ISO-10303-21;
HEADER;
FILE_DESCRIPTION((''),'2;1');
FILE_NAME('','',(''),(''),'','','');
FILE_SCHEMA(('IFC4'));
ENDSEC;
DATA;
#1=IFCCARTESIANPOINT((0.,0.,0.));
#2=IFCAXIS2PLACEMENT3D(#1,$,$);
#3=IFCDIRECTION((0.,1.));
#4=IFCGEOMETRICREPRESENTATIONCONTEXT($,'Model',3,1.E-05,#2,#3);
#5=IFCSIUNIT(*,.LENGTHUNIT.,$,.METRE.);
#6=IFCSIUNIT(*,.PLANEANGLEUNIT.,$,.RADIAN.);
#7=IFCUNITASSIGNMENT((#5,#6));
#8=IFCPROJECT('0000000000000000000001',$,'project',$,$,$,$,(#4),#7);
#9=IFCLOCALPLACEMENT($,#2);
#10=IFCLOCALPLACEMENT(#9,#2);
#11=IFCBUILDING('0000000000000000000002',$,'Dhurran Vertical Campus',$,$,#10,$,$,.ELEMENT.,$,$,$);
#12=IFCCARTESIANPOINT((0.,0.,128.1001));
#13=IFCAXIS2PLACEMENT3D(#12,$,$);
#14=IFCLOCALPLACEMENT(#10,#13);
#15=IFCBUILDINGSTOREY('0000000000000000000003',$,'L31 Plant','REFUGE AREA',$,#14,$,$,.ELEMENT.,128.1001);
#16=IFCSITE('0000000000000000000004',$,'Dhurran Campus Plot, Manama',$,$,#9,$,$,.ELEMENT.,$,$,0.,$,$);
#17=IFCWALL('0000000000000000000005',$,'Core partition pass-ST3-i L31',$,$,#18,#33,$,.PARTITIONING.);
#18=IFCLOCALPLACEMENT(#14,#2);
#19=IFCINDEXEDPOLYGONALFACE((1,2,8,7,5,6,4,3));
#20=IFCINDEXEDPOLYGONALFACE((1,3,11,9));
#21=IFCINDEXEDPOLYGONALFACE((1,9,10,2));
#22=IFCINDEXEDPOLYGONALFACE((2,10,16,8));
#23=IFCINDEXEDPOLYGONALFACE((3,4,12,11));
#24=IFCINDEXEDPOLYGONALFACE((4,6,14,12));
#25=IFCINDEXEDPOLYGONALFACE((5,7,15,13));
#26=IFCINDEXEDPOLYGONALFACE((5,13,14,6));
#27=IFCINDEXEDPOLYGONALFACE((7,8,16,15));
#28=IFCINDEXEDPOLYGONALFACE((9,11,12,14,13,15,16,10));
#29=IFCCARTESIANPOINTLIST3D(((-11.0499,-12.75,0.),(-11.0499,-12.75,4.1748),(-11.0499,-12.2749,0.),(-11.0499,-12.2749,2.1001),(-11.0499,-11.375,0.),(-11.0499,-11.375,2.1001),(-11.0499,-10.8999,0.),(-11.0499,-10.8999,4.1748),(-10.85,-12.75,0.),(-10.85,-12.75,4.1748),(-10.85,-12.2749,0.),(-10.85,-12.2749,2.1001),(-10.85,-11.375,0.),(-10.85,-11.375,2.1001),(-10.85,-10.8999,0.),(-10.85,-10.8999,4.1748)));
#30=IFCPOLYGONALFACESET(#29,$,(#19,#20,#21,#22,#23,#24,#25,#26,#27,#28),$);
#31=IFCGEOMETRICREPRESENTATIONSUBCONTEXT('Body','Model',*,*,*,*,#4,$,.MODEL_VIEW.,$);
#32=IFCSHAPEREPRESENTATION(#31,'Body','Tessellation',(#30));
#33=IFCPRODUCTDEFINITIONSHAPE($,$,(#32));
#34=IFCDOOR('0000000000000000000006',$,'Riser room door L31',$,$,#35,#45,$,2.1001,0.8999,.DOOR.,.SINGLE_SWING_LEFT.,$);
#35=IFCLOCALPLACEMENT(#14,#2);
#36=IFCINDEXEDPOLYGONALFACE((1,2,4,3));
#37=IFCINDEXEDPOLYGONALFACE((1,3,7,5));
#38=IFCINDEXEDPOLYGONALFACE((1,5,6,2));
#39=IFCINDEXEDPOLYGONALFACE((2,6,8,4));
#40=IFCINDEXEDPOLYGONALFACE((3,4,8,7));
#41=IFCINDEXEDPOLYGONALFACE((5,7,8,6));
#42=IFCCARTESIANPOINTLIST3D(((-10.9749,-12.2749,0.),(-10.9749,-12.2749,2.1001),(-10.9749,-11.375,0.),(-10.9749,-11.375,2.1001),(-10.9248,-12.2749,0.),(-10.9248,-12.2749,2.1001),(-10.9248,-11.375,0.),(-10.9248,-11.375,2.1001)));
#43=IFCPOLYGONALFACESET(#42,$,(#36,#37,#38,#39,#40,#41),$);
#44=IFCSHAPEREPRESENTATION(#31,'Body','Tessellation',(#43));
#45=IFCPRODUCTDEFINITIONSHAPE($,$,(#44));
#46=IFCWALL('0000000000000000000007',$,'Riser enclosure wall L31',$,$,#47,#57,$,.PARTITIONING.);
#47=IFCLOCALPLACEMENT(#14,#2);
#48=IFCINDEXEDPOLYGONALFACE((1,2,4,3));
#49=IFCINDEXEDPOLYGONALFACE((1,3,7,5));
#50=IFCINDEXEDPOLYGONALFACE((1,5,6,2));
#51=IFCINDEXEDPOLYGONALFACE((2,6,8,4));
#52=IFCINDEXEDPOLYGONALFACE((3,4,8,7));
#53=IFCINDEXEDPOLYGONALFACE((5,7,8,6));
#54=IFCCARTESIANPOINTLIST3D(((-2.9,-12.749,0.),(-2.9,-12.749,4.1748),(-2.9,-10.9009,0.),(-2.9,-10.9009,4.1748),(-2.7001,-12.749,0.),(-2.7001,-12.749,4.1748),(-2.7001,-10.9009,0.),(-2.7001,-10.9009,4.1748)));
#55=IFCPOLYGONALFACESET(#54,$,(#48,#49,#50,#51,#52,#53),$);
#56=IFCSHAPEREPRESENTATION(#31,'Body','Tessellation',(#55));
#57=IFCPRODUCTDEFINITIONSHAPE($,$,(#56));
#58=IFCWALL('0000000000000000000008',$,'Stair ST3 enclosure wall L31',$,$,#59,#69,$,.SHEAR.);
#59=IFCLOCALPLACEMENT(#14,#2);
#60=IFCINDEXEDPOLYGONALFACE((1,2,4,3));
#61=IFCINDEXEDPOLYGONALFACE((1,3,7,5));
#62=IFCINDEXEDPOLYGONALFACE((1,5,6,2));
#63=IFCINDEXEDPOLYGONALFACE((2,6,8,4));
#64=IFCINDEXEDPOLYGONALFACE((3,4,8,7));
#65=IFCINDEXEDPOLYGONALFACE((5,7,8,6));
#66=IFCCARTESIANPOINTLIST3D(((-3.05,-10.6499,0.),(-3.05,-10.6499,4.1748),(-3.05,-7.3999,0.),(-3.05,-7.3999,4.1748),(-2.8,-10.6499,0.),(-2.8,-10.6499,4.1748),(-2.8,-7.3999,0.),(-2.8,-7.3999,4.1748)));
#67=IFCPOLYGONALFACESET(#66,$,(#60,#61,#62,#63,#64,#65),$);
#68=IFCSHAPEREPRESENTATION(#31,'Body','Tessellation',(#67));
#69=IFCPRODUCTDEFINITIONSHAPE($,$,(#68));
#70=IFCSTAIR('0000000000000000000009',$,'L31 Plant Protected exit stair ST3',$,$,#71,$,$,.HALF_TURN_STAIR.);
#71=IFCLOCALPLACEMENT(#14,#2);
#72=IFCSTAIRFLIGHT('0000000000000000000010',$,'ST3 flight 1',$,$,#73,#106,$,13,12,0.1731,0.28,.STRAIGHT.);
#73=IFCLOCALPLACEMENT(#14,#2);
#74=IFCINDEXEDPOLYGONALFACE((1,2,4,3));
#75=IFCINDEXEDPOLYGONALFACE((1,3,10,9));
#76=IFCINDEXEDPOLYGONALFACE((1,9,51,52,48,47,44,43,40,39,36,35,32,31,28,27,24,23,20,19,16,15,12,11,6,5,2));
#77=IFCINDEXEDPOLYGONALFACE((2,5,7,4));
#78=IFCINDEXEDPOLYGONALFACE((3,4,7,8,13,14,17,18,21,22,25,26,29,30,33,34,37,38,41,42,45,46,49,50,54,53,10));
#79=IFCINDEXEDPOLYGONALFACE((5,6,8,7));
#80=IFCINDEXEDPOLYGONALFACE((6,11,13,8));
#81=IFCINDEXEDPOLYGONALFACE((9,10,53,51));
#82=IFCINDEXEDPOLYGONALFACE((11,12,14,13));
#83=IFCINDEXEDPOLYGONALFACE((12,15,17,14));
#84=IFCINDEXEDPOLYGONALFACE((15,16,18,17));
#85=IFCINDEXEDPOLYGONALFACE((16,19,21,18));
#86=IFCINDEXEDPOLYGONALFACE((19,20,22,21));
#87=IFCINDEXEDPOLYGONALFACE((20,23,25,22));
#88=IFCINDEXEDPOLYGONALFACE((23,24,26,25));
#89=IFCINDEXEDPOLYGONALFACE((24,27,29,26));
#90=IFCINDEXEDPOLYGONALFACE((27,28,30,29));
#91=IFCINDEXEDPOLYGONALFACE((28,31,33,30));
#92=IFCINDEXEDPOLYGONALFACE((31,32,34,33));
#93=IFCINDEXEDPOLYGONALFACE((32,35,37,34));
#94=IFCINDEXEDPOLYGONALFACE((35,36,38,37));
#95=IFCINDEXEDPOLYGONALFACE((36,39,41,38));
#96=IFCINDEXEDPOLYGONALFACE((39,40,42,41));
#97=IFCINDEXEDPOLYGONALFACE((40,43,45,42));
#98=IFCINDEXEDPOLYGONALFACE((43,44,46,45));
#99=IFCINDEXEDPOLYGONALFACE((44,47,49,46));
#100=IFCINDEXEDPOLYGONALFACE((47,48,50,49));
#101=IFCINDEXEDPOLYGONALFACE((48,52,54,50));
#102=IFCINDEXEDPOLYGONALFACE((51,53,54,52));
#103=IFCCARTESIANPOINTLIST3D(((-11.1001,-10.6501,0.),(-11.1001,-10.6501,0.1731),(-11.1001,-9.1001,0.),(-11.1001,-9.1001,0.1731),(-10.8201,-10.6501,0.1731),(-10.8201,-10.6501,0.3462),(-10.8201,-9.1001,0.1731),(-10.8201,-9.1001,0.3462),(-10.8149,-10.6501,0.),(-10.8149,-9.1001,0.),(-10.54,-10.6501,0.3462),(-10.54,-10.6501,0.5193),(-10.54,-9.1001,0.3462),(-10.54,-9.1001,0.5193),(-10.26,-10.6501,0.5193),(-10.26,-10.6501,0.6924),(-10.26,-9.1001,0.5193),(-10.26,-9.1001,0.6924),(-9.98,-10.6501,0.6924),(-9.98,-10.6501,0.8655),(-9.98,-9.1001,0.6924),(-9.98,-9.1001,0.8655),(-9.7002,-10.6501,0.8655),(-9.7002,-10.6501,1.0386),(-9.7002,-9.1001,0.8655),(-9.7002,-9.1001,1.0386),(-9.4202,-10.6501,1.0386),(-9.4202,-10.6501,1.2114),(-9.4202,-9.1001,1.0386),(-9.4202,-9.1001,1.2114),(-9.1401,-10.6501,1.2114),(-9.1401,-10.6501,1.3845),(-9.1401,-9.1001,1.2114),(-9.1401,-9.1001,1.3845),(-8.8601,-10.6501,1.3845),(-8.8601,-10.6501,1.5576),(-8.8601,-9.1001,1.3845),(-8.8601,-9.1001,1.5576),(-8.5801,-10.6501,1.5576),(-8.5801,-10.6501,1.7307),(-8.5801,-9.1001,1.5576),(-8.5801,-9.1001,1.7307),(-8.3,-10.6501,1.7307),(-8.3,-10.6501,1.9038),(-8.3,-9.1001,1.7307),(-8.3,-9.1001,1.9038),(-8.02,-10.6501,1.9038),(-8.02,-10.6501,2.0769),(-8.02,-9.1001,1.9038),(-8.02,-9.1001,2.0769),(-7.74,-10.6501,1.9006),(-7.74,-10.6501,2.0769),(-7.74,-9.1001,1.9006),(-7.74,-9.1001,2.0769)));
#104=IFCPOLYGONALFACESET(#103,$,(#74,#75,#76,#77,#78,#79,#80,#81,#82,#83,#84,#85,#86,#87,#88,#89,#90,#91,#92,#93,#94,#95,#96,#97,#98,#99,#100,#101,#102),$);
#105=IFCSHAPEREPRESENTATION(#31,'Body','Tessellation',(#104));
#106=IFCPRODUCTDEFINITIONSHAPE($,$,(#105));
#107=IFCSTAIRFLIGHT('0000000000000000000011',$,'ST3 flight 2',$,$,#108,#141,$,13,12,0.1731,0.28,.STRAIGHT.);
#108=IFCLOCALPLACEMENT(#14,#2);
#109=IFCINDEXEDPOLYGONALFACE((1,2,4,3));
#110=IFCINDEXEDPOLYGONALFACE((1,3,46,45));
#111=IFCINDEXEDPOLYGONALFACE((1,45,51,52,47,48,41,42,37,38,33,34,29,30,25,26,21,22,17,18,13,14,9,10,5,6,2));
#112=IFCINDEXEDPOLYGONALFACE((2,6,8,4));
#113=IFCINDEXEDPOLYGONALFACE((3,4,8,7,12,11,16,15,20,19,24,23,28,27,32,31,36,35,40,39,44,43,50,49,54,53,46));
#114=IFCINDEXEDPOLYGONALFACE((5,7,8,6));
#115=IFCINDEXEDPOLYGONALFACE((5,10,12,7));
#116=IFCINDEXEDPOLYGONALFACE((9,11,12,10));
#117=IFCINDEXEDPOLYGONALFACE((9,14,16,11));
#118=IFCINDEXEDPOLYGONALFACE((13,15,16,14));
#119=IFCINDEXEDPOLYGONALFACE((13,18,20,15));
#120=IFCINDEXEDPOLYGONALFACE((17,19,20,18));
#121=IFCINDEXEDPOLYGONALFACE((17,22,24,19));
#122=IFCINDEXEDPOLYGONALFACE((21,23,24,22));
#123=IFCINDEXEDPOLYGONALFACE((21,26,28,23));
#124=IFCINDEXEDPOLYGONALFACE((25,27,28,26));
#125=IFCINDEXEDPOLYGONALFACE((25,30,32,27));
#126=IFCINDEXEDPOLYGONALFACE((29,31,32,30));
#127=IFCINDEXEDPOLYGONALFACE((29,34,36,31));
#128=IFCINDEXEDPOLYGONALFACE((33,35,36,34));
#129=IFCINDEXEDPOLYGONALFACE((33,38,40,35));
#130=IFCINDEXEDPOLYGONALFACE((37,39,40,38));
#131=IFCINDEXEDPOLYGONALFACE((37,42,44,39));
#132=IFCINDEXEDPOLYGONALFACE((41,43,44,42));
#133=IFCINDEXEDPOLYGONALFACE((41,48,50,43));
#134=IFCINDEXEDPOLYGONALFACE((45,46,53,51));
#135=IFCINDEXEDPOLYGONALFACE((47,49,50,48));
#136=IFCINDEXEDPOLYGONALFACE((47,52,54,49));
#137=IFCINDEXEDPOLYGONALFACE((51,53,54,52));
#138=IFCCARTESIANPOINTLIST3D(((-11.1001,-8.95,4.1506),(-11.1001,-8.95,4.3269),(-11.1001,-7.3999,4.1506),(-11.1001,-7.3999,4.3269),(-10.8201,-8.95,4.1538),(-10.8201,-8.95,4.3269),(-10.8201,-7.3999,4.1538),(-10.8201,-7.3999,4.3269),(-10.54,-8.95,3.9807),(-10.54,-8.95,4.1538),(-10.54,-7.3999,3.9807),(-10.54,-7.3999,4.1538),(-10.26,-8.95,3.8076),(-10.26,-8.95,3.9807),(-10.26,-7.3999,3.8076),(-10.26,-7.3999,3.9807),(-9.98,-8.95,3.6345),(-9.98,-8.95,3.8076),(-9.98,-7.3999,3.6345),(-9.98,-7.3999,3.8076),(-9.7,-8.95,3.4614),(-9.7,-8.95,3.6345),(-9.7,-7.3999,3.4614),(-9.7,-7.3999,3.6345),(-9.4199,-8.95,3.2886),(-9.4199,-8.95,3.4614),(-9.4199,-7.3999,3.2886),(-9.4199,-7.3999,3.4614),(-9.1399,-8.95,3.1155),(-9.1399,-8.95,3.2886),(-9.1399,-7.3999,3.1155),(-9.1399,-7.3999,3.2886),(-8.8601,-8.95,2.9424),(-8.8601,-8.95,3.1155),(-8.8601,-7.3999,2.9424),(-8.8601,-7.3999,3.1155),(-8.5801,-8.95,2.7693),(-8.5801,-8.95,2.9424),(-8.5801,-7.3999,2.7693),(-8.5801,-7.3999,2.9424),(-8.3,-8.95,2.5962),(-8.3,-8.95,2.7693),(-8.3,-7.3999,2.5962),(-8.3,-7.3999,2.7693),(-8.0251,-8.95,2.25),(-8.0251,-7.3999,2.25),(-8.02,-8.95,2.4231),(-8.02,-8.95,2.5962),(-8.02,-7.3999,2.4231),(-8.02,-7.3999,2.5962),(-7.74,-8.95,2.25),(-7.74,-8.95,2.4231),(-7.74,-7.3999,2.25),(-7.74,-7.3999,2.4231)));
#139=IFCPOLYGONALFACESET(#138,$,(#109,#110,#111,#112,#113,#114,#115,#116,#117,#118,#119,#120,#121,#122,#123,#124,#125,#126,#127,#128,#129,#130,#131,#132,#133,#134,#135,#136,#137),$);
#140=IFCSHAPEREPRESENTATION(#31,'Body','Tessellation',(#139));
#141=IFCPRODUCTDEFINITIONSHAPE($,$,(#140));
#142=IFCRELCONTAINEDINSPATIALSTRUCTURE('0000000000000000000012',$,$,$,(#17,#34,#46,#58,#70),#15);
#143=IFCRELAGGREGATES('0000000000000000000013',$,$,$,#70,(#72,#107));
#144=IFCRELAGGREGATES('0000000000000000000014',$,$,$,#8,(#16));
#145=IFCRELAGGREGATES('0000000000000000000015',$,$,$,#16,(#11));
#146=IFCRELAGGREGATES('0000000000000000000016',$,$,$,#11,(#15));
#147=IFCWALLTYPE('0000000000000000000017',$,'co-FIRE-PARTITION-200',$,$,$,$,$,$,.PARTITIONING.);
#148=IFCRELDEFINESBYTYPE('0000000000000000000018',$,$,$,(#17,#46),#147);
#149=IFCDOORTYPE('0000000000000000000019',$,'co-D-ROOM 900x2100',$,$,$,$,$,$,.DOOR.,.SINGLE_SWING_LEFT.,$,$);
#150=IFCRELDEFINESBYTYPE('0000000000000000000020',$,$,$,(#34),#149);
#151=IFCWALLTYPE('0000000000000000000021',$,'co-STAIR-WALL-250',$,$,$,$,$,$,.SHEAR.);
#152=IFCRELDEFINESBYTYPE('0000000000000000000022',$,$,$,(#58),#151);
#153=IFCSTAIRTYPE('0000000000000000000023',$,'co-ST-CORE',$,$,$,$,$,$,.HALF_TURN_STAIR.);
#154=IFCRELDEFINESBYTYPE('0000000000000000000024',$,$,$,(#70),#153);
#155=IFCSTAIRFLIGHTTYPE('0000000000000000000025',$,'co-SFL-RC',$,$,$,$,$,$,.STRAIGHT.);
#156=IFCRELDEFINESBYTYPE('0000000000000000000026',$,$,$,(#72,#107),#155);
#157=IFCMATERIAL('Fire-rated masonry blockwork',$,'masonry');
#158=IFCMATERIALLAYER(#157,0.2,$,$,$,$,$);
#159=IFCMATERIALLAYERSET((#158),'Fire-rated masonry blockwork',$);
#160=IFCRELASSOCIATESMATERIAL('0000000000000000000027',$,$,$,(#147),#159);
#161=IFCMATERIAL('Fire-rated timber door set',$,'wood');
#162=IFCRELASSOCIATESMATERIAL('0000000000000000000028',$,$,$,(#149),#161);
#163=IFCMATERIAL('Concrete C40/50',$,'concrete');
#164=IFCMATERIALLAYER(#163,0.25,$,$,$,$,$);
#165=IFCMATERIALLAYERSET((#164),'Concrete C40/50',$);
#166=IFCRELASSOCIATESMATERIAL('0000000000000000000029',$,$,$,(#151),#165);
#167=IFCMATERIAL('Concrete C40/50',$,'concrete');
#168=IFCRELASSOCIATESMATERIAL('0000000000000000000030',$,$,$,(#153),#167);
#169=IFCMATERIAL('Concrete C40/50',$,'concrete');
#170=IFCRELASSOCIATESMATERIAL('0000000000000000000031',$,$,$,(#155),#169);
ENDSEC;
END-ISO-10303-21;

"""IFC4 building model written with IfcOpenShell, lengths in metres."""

from ifc_helpers import new_model, si_unit, direction, frame, frame_2d, origin, place, context, subcontext, project, spatial, polyline, rectangle, outline, extrude, material, layer, layer_set, type_object, element, fill, aggregate, save


model = new_model("IFC4")

# Units and contexts
model_context = context("Model", 3, precision=1e-05, world=origin(), true_north=direction((0.0, 1.0)))
body_context = subcontext(model_context, "Body", "Model", "MODEL_VIEW")
ifc_project = project(units=[si_unit("LENGTHUNIT", "METRE"), si_unit("PLANEANGLEUNIT", "RADIAN")], contexts=[model_context])

# Site, building, storey
site_placement = place(None, origin())
site = spatial("IfcSite", under=ifc_project, at=site_placement, Name="Dhurran Campus Plot, Manama", CompositionType="ELEMENT", RefElevation=0.0)
building_placement = place(site_placement, origin())
building = spatial("IfcBuilding", under=site, at=building_placement, Name="Dhurran Vertical Campus", CompositionType="ELEMENT")
storey_placement = place(building_placement, frame((0.0, 0.0, 128.1001)))
storey = spatial("IfcBuildingStorey", under=building, at=storey_placement, Name="L31 Plant", Description="REFUGE AREA", CompositionType="ELEMENT", Elevation=128.1001)

# Shared definitions
ifc_material_1 = material(Name="Fire-rated masonry blockwork", Category="masonry")
ifc_layer_1 = layer(ifc_material_1, 0.2)
ifc_layer_set_1 = layer_set([ifc_layer_1], Name="Fire-rated masonry blockwork")
wall_type_1 = type_object("IfcWallType", Name="co-FIRE-PARTITION-200", PredefinedType="PARTITIONING", material=ifc_layer_set_1)

# Shared definitions
ifc_material_2 = material(Name="Fire-rated timber door set", Category="wood")
door_type_1 = type_object("IfcDoorType", Name="co-D-ROOM 900x2100", OperationType="SINGLE_SWING_LEFT", PredefinedType="DOOR", material=ifc_material_2)

# Wall, opening, door
wall_1_placement = place(storey_placement, frame((-10.95, -12.75, 0.0), z_axis=(0.0, 0.0, 1.0), x_axis=(0.0, 1.0, 0.0)))
wall_1 = element("IfcWall", 1, at=wall_1_placement, inside=storey, type_object=wall_type_1, Name="Core partition pass-ST3-i L31", PredefinedType="PARTITIONING", context=body_context, shape_type="SweptSolid", body=[
    extrude(rectangle(XDim=1.8501, YDim=0.2, at=frame_2d((0.925, 0.0))), origin(), (0.0, 0.0, 1.0), 4.1748),
])
opening_1_placement = place(wall_1_placement, frame((0.4751, 0.0, 0.0)))
opening_1 = element("IfcOpeningElement", 2, at=opening_1_placement, cuts=wall_1, PredefinedType="OPENING", context=body_context, shape_type="SweptSolid", body=[
    extrude(rectangle(XDim=0.8999, YDim=2.1001, at=frame_2d((0.45, 1.05))), frame((0.0, 0.1099, 0.0), z_axis=(0.0, -1.0, 0.0), x_axis=(1.0, 0.0, 0.0)), (0.0, 0.0, 1.0), 0.22),
])
door_1_placement = place(opening_1_placement, origin())
door_1 = element("IfcDoor", 3, at=door_1_placement, inside=storey, type_object=door_type_1, Name="Riser room door L31", OperationType="SINGLE_SWING_LEFT", OverallHeight=2.1001, OverallWidth=0.8999, PredefinedType="DOOR", context=body_context, shape_type="SweptSolid", body=[
    extrude(rectangle(XDim=0.8999, YDim=2.1001, at=frame_2d((0.45, 1.05))), frame((0.0, 0.0249, 0.0), z_axis=(0.0, -1.0, 0.0), x_axis=(1.0, 0.0, 0.0)), (0.0, 0.0, 1.0), 0.05),
])
fill(opening_1, door_1)

# Walls
wall_2_placement = place(storey_placement, frame((-2.8, -12.749, 0.0), z_axis=(0.0, 0.0, 1.0), x_axis=(0.0, 1.0, 0.0)))
element("IfcWall", 4, at=wall_2_placement, inside=storey, type_object=wall_type_1, Name="Riser enclosure wall L31", PredefinedType="PARTITIONING", context=body_context, shape_type="SweptSolid", body=[
    extrude(rectangle(XDim=1.8481, YDim=0.2, at=frame_2d((0.9241, 0.0))), origin(), (0.0, 0.0, 1.0), 4.1748),
])
ifc_material_3 = material(Name="Concrete C40/50", Category="concrete")
ifc_layer_2 = layer(ifc_material_3, 0.25)
ifc_layer_set_2 = layer_set([ifc_layer_2], Name="Concrete C40/50")
wall_type_2 = type_object("IfcWallType", Name="co-STAIR-WALL-250", PredefinedType="SHEAR", material=ifc_layer_set_2)
wall_3_placement = place(storey_placement, frame((-2.925, -10.6499, 0.0), z_axis=(0.0, 0.0, 1.0), x_axis=(0.0, 1.0, 0.0)))
element("IfcWall", 5, at=wall_3_placement, inside=storey, type_object=wall_type_2, Name="Stair ST3 enclosure wall L31", PredefinedType="SHEAR", context=body_context, shape_type="SweptSolid", body=[
    extrude(rectangle(XDim=3.25, YDim=0.25, at=frame_2d((1.625, 0.0))), origin(), (0.0, 0.0, 1.0), 4.1748),
])

# Stair, stair flights
ifc_material_4 = material(Name="Concrete C40/50", Category="concrete")
stair_type = type_object("IfcStairType", Name="co-ST-CORE", PredefinedType="HALF_TURN_STAIR", material=ifc_material_4)
stair_placement = place(storey_placement, origin())
stair = element("IfcStair", 6, at=stair_placement, inside=storey, type_object=stair_type, Name="L31 Plant Protected exit stair ST3", PredefinedType="HALF_TURN_STAIR")
ifc_material_5 = material(Name="Concrete C40/50", Category="concrete")
stair_flight_type = type_object("IfcStairFlightType", Name="co-SFL-RC", PredefinedType="STRAIGHT", material=ifc_material_5)
stair_flight_1_placement = place(storey_placement, frame((-11.1001, -9.875, 0.0), z_axis=(0.0, 0.0, 1.0), x_axis=(1.0, 0.0, 0.0)))
stair_flight_1 = element("IfcStairFlight", 7, at=stair_flight_1_placement, type_object=stair_flight_type, Name="ST3 flight 1", NumberOfRisers=13, NumberOfTreads=12, PredefinedType="STRAIGHT", RiserHeight=0.1731, TreadLength=0.28, context=body_context, shape_type="SweptSolid", body=[
    extrude(outline(polyline([(0.0, 0.0), (0.0, 0.1731), (0.28, 0.1731), (0.28, 0.3462), (0.5601, 0.3462), (0.5601, 0.5193), (0.8401, 0.5193), (0.8401, 0.6924), (1.1201, 0.6924), (1.1201, 0.8655), (1.3999, 0.8655), (1.3999, 1.0386), (1.6799, 1.0386), (1.6799, 1.2114), (1.96, 1.2114), (1.96, 1.3845), (2.24, 1.3845), (2.24, 1.5576), (2.52, 1.5576), (2.52, 1.7307), (2.8, 1.7307), (2.8, 1.9038), (3.0801, 1.9038), (3.0801, 2.0769), (3.3601, 2.0769), (3.3601, 2.25), (3.3601, 1.9006), (0.2852, 0.0), (0.0, 0.0)])), frame((0.0, 0.7749, 0.0), z_axis=(0.0, -1.0, 0.0), x_axis=(1.0, 0.0, 0.0)), (0.0, 0.0, 1.0), 1.55),
])
stair_flight_2_placement = place(storey_placement, frame((-7.74, -8.175, 2.25), z_axis=(0.0, 0.0, 1.0), x_axis=(-1.0, 0.0, 0.0)))
stair_flight_2 = element("IfcStairFlight", 8, at=stair_flight_2_placement, type_object=stair_flight_type, Name="ST3 flight 2", NumberOfRisers=13, NumberOfTreads=12, PredefinedType="STRAIGHT", RiserHeight=0.1731, TreadLength=0.28, context=body_context, shape_type="SweptSolid", body=[
    extrude(outline(polyline([(0.0, 0.0), (0.0, 0.1731), (0.28, 0.1731), (0.28, 0.3462), (0.5601, 0.3462), (0.5601, 0.5193), (0.8401, 0.5193), (0.8401, 0.6924), (1.1201, 0.6924), (1.1201, 0.8655), (1.3999, 0.8655), (1.3999, 1.0386), (1.6799, 1.0386), (1.6799, 1.2114), (1.96, 1.2114), (1.96, 1.3845), (2.24, 1.3845), (2.24, 1.5576), (2.52, 1.5576), (2.52, 1.7307), (2.8, 1.7307), (2.8, 1.9038), (3.0801, 1.9038), (3.0801, 2.0769), (3.3601, 2.0769), (3.3601, 2.25), (3.3601, 1.9006), (0.2852, 0.0), (0.0, 0.0)])), frame((0.0, 0.7749, 0.0), z_axis=(0.0, -1.0, 0.0), x_axis=(1.0, 0.0, 0.0)), (0.0, 0.0, 1.0), 1.55),
])
aggregate(stair, [stair_flight_1, stair_flight_2])

save(model, "model.ifc")
